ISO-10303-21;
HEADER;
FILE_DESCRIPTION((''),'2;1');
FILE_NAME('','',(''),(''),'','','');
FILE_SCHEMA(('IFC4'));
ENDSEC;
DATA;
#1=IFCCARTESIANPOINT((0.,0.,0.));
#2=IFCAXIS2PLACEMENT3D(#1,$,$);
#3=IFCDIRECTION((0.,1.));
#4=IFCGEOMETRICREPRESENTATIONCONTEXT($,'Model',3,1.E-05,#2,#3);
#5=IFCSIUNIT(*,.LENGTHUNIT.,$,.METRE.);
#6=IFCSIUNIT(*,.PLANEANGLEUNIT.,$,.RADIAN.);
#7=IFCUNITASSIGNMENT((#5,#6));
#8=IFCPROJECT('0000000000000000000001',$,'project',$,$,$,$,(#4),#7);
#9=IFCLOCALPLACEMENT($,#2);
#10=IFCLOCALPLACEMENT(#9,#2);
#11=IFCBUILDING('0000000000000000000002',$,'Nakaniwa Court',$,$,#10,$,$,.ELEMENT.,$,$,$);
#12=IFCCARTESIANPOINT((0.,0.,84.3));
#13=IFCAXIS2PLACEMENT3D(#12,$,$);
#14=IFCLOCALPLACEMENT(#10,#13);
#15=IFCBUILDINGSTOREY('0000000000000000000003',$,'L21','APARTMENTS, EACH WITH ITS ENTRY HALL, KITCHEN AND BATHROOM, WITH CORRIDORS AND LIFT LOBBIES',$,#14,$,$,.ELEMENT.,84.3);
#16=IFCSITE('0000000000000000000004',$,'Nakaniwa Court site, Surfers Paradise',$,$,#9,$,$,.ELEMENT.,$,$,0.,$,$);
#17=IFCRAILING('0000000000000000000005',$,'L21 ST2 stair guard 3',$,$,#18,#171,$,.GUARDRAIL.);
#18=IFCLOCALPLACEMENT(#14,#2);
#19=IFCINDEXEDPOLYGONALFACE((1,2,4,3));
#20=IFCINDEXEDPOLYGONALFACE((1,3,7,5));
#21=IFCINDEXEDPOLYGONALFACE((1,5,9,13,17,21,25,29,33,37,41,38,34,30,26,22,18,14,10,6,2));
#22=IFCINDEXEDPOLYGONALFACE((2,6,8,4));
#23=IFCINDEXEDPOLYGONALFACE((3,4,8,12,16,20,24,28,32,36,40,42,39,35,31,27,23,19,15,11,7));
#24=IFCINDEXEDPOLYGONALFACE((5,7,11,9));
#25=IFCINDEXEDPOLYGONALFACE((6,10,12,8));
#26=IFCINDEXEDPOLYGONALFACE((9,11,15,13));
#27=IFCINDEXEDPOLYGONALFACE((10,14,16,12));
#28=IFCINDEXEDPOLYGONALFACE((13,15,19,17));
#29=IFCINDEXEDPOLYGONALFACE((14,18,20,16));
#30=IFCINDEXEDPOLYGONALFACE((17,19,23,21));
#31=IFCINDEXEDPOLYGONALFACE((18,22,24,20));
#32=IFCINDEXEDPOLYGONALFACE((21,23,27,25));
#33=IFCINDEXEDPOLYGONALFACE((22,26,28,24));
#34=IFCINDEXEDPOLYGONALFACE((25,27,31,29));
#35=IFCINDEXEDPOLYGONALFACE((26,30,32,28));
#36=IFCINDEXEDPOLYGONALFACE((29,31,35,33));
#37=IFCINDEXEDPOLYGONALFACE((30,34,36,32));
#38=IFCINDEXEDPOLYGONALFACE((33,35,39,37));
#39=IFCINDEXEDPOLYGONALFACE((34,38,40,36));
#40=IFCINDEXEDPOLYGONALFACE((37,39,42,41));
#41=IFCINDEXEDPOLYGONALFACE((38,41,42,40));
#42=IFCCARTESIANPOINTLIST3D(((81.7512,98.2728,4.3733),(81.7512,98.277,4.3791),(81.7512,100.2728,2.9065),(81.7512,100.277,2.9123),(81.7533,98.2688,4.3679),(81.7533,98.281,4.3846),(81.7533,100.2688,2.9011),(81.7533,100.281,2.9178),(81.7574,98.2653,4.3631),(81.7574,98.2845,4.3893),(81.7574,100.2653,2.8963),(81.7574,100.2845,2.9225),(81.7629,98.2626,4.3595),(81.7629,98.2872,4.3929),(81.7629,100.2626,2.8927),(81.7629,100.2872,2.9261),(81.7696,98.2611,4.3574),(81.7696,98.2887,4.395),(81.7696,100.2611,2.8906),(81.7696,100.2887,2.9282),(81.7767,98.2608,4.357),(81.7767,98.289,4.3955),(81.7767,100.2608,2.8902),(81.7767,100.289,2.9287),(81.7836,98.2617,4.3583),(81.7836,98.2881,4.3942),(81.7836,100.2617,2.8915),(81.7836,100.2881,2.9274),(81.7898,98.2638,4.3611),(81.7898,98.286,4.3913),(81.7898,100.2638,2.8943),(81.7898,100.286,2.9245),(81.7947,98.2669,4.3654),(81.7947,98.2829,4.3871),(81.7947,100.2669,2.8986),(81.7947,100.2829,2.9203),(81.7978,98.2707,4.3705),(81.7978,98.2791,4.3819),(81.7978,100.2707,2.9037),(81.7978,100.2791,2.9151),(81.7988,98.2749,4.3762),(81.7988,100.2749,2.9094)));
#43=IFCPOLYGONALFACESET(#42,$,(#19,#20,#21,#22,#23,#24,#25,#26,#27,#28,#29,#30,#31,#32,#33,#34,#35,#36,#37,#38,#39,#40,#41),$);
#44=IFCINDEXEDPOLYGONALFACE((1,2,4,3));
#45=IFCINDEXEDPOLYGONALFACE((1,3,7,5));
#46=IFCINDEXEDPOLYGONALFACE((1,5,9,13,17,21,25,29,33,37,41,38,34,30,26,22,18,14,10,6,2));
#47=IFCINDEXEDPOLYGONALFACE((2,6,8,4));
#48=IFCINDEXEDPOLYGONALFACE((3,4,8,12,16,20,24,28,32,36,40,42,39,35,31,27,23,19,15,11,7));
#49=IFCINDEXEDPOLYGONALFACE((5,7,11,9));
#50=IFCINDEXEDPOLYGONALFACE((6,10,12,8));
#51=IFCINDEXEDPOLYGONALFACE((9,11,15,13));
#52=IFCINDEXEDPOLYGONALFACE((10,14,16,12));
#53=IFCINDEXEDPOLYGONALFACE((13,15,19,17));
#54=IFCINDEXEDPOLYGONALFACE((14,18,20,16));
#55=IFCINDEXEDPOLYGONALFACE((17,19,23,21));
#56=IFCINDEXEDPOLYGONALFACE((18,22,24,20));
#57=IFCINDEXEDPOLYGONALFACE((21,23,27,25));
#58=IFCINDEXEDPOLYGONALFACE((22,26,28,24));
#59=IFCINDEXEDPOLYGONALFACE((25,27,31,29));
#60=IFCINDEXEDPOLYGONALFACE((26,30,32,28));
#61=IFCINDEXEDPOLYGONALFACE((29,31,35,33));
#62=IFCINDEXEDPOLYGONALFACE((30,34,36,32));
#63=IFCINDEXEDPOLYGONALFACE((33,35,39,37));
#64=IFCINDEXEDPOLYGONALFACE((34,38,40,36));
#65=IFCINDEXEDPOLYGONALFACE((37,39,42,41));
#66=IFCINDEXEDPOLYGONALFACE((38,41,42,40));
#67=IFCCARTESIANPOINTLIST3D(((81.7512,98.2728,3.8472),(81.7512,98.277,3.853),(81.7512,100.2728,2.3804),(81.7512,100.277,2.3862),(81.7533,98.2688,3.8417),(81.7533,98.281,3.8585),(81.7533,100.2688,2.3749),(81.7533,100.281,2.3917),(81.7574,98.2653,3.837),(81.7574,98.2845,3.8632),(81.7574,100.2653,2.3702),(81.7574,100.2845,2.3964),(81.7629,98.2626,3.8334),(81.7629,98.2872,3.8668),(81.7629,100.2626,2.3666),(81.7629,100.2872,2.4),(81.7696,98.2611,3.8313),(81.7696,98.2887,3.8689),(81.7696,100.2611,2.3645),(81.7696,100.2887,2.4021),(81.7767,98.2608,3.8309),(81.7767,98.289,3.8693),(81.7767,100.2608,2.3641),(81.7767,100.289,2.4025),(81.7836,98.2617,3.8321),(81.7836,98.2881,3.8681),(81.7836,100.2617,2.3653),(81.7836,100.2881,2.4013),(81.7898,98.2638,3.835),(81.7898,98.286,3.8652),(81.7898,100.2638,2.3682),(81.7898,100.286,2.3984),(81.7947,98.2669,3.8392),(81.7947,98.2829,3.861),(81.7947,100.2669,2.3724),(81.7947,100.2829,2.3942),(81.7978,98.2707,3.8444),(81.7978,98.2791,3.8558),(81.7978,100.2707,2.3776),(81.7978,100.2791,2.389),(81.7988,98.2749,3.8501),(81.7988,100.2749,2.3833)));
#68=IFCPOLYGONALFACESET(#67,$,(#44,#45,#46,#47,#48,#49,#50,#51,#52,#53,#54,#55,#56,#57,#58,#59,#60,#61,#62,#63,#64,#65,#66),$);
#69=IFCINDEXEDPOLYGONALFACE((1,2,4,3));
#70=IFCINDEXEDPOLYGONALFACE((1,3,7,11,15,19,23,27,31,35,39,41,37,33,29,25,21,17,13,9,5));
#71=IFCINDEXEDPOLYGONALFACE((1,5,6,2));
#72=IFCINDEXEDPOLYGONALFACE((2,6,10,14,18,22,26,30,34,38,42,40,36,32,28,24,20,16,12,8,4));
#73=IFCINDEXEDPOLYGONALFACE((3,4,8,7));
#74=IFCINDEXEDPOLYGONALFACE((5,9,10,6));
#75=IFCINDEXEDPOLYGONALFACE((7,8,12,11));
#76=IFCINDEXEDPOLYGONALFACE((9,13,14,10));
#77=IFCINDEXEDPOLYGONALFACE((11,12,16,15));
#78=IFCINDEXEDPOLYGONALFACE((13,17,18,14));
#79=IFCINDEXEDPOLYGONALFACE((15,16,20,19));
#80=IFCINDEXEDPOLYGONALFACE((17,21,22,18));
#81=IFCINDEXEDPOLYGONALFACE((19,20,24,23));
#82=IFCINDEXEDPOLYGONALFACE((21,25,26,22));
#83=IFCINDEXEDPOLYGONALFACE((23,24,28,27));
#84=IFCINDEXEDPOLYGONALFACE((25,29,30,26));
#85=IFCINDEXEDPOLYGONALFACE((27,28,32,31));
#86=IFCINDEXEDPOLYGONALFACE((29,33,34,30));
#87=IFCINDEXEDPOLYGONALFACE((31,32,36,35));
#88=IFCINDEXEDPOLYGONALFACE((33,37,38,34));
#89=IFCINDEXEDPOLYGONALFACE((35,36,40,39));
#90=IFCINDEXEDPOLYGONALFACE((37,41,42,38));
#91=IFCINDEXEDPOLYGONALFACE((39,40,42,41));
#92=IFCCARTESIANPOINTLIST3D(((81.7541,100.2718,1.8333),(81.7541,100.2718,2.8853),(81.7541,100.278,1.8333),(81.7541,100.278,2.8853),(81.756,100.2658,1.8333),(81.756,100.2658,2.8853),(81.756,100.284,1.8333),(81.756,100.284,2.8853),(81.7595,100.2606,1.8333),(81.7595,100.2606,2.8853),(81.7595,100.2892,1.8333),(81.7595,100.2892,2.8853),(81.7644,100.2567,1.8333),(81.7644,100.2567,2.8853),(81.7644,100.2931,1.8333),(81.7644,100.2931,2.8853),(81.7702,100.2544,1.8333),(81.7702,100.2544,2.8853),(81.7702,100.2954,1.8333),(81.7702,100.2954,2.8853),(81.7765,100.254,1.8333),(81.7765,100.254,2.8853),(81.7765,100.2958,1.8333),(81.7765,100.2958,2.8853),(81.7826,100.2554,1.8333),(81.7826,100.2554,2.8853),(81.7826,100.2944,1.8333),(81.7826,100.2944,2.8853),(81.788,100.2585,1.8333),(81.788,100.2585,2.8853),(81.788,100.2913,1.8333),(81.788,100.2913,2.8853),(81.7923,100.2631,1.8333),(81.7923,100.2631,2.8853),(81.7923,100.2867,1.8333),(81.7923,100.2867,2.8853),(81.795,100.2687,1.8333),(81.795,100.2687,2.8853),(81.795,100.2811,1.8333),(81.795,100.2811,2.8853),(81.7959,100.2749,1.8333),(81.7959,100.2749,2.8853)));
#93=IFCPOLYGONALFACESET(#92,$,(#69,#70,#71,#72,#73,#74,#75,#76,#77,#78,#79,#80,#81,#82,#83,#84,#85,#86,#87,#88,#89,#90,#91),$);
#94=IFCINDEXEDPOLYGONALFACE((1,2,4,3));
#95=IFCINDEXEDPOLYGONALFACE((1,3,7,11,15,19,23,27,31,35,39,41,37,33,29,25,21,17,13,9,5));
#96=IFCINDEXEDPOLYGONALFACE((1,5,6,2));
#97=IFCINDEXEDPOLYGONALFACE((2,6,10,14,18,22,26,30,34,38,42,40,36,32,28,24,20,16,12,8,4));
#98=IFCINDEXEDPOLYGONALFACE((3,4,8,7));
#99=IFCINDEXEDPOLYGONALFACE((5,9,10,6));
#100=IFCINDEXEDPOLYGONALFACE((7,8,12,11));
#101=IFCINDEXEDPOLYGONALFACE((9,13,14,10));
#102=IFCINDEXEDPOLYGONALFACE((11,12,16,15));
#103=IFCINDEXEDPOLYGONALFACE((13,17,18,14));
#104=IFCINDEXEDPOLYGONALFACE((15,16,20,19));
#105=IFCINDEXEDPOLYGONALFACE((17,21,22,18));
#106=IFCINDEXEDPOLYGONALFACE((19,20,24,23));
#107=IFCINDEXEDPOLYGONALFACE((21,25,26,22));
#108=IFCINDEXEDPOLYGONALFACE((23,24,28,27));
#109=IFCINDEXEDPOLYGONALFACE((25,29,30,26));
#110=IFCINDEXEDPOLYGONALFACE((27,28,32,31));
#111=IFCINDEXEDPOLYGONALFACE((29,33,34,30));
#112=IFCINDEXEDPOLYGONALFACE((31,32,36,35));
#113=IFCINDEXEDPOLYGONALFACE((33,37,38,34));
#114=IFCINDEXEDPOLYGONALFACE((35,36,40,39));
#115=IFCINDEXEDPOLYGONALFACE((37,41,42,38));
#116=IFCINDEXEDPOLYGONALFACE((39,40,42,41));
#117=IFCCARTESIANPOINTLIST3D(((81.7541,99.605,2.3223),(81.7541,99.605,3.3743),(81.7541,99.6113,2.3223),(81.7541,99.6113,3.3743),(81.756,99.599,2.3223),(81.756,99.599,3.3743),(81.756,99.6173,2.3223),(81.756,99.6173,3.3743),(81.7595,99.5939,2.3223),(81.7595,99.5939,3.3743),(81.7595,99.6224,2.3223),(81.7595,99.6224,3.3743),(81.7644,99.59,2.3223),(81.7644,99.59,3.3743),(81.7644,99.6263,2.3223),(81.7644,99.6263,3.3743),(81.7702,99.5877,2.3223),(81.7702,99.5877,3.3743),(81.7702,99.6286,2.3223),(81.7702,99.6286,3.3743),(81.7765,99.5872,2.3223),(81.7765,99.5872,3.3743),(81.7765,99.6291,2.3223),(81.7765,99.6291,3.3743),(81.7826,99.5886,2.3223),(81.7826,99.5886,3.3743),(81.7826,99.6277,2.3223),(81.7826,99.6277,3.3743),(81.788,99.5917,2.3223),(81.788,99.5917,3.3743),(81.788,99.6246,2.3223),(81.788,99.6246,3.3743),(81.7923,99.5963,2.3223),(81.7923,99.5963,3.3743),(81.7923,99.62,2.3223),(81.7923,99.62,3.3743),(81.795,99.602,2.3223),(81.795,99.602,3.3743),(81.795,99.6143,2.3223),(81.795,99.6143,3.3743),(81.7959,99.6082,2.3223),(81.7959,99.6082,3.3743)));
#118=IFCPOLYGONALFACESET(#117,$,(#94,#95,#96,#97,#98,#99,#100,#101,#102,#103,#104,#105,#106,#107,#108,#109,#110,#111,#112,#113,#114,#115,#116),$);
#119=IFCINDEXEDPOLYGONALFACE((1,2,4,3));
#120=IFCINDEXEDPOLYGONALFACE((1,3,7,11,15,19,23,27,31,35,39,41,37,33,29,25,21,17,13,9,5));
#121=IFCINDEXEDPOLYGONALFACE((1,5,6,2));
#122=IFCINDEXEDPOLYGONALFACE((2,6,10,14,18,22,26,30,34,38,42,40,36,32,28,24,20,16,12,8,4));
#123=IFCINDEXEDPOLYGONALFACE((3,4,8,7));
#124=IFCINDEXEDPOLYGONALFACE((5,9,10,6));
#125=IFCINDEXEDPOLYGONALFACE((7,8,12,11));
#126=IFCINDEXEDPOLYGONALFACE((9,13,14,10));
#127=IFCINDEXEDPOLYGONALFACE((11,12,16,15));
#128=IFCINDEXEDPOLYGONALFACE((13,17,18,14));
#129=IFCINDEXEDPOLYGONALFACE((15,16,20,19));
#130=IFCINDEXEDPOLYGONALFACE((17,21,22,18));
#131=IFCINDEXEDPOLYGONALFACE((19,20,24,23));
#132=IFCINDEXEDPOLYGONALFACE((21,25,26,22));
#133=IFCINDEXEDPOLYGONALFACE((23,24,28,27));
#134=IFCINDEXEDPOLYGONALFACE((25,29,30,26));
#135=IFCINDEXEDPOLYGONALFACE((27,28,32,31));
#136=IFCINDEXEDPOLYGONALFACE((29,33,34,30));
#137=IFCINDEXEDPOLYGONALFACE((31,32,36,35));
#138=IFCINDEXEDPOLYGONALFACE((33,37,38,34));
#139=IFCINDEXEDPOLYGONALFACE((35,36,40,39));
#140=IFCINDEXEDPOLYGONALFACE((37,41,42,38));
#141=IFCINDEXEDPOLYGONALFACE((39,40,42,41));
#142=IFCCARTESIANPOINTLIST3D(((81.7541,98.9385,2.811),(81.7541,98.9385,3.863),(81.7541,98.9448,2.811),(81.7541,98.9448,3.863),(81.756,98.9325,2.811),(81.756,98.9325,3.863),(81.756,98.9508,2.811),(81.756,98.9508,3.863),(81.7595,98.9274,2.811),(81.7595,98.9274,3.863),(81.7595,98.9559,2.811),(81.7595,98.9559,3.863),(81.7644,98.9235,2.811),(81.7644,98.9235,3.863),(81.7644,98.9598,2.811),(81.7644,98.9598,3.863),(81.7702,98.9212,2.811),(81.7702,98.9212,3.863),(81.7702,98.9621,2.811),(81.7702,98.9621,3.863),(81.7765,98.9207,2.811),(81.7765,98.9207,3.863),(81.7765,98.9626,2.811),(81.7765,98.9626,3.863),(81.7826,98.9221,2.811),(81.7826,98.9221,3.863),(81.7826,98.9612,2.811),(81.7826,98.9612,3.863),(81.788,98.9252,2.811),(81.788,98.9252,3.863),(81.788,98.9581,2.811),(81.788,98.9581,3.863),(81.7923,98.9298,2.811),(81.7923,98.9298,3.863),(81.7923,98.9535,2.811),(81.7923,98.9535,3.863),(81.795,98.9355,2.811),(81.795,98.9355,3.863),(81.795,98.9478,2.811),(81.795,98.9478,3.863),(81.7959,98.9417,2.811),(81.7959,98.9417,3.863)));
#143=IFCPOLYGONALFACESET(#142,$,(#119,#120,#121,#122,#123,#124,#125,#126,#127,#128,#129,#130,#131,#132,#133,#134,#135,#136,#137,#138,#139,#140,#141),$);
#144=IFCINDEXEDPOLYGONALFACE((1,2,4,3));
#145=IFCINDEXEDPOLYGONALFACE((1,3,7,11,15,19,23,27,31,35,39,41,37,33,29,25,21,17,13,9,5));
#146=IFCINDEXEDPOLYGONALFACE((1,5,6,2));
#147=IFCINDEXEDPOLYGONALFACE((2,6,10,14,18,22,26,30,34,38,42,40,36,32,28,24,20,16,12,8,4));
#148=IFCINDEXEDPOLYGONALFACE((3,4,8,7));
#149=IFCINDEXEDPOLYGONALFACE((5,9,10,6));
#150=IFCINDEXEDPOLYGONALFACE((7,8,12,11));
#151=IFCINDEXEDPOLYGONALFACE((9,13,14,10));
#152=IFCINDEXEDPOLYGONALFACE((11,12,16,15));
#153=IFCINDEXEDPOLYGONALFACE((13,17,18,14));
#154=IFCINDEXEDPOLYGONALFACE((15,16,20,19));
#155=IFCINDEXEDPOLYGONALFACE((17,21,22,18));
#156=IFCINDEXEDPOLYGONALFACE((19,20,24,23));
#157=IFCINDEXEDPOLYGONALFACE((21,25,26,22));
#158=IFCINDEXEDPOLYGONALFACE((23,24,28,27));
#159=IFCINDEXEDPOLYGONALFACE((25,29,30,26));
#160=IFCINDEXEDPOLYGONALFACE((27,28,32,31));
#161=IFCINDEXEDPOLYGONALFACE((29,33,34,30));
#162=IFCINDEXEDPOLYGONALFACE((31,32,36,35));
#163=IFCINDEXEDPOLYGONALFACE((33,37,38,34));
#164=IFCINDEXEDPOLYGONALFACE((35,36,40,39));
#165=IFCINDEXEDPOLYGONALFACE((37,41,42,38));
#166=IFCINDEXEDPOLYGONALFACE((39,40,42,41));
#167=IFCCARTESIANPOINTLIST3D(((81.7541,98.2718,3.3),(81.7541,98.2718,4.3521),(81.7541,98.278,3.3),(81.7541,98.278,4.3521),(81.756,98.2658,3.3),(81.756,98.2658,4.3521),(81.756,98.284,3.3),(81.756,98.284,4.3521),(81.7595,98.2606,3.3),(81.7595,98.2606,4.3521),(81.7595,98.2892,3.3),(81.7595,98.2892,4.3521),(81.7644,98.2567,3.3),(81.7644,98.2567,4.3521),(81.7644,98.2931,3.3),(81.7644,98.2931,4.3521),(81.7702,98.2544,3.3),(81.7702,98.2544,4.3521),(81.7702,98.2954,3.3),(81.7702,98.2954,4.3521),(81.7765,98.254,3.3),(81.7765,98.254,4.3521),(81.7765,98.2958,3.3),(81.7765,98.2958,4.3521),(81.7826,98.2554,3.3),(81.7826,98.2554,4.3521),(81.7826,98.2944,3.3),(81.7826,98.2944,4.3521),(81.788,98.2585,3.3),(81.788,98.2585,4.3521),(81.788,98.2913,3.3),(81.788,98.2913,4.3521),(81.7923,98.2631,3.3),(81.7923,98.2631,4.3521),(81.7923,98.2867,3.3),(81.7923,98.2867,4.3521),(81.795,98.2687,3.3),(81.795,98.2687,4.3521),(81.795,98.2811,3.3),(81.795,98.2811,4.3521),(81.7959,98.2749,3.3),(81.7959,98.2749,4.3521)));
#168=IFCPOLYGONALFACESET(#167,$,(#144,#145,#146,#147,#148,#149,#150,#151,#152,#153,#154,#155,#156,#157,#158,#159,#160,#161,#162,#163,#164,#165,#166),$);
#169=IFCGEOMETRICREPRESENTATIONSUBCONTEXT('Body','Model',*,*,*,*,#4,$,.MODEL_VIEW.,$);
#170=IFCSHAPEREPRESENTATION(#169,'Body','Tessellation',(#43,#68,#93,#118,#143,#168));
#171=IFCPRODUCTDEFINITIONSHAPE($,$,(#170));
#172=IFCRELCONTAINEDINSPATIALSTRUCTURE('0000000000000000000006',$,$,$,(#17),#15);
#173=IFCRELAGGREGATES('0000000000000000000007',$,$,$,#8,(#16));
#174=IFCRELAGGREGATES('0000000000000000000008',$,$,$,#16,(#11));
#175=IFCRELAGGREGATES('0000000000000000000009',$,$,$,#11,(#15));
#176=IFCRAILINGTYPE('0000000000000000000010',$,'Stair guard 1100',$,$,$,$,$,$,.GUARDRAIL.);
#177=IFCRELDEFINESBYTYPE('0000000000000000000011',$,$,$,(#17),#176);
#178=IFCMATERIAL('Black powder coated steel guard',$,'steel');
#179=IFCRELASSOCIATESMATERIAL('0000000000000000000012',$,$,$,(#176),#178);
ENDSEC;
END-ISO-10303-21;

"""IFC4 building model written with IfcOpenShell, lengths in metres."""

from ifc_helpers import new_model, si_unit, direction, frame, origin, origin_2d, place, context, subcontext, project, spatial, circle, extrude, material, type_object, element, save


model = new_model("IFC4")

# Units and contexts
model_context = context("Model", 3, precision=1e-05, world=origin(), true_north=direction((0.0, 1.0)))
body_context = subcontext(model_context, "Body", "Model", "MODEL_VIEW")
ifc_project = project(units=[si_unit("LENGTHUNIT", "METRE"), si_unit("PLANEANGLEUNIT", "RADIAN")], contexts=[model_context])

# Site, building, storey
site_placement = place(None, origin())
site = spatial("IfcSite", under=ifc_project, at=site_placement, Name="Nakaniwa Court site, Surfers Paradise", CompositionType="ELEMENT", RefElevation=0.0)
building_placement = place(site_placement, origin())
building = spatial("IfcBuilding", under=site, at=building_placement, Name="Nakaniwa Court", CompositionType="ELEMENT")
storey_placement = place(building_placement, frame((0.0, 0.0, 84.3)))
storey = spatial("IfcBuildingStorey", under=building, at=storey_placement, Name="L21", Description="APARTMENTS, EACH WITH ITS ENTRY HALL, KITCHEN AND BATHROOM, WITH CORRIDORS AND LIFT LOBBIES", CompositionType="ELEMENT", Elevation=84.3)

# Railing
ifc_material_1 = material(Name="Black powder coated steel guard", Category="steel")
railing_type_1 = type_object("IfcRailingType", Name="Stair guard 1100", PredefinedType="GUARDRAIL", material=ifc_material_1)
railing_1_placement = place(storey_placement, frame((81.7749, 100.2749, 1.8333)))
element("IfcRailing", 1, at=railing_1_placement, inside=storey, type_object=railing_type_1, Name="L21 ST2 stair guard 3", PredefinedType="GUARDRAIL", context=body_context, shape_type="SweptSolid", body=[
    extrude(circle(Radius=0.0239, at=origin_2d()), frame((0.0, 0.0, 1.0762), z_axis=(0.0, -0.80638, 0.591398), x_axis=(1.0, 0.0, 0.0)), (0.0, 0.0, 1.0), 2.4802),
    extrude(circle(Radius=0.0239, at=origin_2d()), frame((0.0, 0.0, 0.55), z_axis=(0.0, -0.80638, 0.591398), x_axis=(1.0, 0.0, 0.0)), (0.0, 0.0, 1.0), 2.4802),
    extrude(circle(Radius=0.021, at=origin_2d()), origin(), (0.0, 0.0, 1.0), 1.052),
    extrude(circle(Radius=0.021, at=origin_2d()), frame((0.0, -0.6667, 0.489)), (0.0, 0.0, 1.0), 1.052),
    extrude(circle(Radius=0.021, at=origin_2d()), frame((0.0, -1.3333, 0.9778)), (0.0, 0.0, 1.0), 1.052),
    extrude(circle(Radius=0.021, at=origin_2d()), frame((0.0, -2.0, 1.4668)), (0.0, 0.0, 1.0), 1.052),
])

save(model, "model.ifc")
